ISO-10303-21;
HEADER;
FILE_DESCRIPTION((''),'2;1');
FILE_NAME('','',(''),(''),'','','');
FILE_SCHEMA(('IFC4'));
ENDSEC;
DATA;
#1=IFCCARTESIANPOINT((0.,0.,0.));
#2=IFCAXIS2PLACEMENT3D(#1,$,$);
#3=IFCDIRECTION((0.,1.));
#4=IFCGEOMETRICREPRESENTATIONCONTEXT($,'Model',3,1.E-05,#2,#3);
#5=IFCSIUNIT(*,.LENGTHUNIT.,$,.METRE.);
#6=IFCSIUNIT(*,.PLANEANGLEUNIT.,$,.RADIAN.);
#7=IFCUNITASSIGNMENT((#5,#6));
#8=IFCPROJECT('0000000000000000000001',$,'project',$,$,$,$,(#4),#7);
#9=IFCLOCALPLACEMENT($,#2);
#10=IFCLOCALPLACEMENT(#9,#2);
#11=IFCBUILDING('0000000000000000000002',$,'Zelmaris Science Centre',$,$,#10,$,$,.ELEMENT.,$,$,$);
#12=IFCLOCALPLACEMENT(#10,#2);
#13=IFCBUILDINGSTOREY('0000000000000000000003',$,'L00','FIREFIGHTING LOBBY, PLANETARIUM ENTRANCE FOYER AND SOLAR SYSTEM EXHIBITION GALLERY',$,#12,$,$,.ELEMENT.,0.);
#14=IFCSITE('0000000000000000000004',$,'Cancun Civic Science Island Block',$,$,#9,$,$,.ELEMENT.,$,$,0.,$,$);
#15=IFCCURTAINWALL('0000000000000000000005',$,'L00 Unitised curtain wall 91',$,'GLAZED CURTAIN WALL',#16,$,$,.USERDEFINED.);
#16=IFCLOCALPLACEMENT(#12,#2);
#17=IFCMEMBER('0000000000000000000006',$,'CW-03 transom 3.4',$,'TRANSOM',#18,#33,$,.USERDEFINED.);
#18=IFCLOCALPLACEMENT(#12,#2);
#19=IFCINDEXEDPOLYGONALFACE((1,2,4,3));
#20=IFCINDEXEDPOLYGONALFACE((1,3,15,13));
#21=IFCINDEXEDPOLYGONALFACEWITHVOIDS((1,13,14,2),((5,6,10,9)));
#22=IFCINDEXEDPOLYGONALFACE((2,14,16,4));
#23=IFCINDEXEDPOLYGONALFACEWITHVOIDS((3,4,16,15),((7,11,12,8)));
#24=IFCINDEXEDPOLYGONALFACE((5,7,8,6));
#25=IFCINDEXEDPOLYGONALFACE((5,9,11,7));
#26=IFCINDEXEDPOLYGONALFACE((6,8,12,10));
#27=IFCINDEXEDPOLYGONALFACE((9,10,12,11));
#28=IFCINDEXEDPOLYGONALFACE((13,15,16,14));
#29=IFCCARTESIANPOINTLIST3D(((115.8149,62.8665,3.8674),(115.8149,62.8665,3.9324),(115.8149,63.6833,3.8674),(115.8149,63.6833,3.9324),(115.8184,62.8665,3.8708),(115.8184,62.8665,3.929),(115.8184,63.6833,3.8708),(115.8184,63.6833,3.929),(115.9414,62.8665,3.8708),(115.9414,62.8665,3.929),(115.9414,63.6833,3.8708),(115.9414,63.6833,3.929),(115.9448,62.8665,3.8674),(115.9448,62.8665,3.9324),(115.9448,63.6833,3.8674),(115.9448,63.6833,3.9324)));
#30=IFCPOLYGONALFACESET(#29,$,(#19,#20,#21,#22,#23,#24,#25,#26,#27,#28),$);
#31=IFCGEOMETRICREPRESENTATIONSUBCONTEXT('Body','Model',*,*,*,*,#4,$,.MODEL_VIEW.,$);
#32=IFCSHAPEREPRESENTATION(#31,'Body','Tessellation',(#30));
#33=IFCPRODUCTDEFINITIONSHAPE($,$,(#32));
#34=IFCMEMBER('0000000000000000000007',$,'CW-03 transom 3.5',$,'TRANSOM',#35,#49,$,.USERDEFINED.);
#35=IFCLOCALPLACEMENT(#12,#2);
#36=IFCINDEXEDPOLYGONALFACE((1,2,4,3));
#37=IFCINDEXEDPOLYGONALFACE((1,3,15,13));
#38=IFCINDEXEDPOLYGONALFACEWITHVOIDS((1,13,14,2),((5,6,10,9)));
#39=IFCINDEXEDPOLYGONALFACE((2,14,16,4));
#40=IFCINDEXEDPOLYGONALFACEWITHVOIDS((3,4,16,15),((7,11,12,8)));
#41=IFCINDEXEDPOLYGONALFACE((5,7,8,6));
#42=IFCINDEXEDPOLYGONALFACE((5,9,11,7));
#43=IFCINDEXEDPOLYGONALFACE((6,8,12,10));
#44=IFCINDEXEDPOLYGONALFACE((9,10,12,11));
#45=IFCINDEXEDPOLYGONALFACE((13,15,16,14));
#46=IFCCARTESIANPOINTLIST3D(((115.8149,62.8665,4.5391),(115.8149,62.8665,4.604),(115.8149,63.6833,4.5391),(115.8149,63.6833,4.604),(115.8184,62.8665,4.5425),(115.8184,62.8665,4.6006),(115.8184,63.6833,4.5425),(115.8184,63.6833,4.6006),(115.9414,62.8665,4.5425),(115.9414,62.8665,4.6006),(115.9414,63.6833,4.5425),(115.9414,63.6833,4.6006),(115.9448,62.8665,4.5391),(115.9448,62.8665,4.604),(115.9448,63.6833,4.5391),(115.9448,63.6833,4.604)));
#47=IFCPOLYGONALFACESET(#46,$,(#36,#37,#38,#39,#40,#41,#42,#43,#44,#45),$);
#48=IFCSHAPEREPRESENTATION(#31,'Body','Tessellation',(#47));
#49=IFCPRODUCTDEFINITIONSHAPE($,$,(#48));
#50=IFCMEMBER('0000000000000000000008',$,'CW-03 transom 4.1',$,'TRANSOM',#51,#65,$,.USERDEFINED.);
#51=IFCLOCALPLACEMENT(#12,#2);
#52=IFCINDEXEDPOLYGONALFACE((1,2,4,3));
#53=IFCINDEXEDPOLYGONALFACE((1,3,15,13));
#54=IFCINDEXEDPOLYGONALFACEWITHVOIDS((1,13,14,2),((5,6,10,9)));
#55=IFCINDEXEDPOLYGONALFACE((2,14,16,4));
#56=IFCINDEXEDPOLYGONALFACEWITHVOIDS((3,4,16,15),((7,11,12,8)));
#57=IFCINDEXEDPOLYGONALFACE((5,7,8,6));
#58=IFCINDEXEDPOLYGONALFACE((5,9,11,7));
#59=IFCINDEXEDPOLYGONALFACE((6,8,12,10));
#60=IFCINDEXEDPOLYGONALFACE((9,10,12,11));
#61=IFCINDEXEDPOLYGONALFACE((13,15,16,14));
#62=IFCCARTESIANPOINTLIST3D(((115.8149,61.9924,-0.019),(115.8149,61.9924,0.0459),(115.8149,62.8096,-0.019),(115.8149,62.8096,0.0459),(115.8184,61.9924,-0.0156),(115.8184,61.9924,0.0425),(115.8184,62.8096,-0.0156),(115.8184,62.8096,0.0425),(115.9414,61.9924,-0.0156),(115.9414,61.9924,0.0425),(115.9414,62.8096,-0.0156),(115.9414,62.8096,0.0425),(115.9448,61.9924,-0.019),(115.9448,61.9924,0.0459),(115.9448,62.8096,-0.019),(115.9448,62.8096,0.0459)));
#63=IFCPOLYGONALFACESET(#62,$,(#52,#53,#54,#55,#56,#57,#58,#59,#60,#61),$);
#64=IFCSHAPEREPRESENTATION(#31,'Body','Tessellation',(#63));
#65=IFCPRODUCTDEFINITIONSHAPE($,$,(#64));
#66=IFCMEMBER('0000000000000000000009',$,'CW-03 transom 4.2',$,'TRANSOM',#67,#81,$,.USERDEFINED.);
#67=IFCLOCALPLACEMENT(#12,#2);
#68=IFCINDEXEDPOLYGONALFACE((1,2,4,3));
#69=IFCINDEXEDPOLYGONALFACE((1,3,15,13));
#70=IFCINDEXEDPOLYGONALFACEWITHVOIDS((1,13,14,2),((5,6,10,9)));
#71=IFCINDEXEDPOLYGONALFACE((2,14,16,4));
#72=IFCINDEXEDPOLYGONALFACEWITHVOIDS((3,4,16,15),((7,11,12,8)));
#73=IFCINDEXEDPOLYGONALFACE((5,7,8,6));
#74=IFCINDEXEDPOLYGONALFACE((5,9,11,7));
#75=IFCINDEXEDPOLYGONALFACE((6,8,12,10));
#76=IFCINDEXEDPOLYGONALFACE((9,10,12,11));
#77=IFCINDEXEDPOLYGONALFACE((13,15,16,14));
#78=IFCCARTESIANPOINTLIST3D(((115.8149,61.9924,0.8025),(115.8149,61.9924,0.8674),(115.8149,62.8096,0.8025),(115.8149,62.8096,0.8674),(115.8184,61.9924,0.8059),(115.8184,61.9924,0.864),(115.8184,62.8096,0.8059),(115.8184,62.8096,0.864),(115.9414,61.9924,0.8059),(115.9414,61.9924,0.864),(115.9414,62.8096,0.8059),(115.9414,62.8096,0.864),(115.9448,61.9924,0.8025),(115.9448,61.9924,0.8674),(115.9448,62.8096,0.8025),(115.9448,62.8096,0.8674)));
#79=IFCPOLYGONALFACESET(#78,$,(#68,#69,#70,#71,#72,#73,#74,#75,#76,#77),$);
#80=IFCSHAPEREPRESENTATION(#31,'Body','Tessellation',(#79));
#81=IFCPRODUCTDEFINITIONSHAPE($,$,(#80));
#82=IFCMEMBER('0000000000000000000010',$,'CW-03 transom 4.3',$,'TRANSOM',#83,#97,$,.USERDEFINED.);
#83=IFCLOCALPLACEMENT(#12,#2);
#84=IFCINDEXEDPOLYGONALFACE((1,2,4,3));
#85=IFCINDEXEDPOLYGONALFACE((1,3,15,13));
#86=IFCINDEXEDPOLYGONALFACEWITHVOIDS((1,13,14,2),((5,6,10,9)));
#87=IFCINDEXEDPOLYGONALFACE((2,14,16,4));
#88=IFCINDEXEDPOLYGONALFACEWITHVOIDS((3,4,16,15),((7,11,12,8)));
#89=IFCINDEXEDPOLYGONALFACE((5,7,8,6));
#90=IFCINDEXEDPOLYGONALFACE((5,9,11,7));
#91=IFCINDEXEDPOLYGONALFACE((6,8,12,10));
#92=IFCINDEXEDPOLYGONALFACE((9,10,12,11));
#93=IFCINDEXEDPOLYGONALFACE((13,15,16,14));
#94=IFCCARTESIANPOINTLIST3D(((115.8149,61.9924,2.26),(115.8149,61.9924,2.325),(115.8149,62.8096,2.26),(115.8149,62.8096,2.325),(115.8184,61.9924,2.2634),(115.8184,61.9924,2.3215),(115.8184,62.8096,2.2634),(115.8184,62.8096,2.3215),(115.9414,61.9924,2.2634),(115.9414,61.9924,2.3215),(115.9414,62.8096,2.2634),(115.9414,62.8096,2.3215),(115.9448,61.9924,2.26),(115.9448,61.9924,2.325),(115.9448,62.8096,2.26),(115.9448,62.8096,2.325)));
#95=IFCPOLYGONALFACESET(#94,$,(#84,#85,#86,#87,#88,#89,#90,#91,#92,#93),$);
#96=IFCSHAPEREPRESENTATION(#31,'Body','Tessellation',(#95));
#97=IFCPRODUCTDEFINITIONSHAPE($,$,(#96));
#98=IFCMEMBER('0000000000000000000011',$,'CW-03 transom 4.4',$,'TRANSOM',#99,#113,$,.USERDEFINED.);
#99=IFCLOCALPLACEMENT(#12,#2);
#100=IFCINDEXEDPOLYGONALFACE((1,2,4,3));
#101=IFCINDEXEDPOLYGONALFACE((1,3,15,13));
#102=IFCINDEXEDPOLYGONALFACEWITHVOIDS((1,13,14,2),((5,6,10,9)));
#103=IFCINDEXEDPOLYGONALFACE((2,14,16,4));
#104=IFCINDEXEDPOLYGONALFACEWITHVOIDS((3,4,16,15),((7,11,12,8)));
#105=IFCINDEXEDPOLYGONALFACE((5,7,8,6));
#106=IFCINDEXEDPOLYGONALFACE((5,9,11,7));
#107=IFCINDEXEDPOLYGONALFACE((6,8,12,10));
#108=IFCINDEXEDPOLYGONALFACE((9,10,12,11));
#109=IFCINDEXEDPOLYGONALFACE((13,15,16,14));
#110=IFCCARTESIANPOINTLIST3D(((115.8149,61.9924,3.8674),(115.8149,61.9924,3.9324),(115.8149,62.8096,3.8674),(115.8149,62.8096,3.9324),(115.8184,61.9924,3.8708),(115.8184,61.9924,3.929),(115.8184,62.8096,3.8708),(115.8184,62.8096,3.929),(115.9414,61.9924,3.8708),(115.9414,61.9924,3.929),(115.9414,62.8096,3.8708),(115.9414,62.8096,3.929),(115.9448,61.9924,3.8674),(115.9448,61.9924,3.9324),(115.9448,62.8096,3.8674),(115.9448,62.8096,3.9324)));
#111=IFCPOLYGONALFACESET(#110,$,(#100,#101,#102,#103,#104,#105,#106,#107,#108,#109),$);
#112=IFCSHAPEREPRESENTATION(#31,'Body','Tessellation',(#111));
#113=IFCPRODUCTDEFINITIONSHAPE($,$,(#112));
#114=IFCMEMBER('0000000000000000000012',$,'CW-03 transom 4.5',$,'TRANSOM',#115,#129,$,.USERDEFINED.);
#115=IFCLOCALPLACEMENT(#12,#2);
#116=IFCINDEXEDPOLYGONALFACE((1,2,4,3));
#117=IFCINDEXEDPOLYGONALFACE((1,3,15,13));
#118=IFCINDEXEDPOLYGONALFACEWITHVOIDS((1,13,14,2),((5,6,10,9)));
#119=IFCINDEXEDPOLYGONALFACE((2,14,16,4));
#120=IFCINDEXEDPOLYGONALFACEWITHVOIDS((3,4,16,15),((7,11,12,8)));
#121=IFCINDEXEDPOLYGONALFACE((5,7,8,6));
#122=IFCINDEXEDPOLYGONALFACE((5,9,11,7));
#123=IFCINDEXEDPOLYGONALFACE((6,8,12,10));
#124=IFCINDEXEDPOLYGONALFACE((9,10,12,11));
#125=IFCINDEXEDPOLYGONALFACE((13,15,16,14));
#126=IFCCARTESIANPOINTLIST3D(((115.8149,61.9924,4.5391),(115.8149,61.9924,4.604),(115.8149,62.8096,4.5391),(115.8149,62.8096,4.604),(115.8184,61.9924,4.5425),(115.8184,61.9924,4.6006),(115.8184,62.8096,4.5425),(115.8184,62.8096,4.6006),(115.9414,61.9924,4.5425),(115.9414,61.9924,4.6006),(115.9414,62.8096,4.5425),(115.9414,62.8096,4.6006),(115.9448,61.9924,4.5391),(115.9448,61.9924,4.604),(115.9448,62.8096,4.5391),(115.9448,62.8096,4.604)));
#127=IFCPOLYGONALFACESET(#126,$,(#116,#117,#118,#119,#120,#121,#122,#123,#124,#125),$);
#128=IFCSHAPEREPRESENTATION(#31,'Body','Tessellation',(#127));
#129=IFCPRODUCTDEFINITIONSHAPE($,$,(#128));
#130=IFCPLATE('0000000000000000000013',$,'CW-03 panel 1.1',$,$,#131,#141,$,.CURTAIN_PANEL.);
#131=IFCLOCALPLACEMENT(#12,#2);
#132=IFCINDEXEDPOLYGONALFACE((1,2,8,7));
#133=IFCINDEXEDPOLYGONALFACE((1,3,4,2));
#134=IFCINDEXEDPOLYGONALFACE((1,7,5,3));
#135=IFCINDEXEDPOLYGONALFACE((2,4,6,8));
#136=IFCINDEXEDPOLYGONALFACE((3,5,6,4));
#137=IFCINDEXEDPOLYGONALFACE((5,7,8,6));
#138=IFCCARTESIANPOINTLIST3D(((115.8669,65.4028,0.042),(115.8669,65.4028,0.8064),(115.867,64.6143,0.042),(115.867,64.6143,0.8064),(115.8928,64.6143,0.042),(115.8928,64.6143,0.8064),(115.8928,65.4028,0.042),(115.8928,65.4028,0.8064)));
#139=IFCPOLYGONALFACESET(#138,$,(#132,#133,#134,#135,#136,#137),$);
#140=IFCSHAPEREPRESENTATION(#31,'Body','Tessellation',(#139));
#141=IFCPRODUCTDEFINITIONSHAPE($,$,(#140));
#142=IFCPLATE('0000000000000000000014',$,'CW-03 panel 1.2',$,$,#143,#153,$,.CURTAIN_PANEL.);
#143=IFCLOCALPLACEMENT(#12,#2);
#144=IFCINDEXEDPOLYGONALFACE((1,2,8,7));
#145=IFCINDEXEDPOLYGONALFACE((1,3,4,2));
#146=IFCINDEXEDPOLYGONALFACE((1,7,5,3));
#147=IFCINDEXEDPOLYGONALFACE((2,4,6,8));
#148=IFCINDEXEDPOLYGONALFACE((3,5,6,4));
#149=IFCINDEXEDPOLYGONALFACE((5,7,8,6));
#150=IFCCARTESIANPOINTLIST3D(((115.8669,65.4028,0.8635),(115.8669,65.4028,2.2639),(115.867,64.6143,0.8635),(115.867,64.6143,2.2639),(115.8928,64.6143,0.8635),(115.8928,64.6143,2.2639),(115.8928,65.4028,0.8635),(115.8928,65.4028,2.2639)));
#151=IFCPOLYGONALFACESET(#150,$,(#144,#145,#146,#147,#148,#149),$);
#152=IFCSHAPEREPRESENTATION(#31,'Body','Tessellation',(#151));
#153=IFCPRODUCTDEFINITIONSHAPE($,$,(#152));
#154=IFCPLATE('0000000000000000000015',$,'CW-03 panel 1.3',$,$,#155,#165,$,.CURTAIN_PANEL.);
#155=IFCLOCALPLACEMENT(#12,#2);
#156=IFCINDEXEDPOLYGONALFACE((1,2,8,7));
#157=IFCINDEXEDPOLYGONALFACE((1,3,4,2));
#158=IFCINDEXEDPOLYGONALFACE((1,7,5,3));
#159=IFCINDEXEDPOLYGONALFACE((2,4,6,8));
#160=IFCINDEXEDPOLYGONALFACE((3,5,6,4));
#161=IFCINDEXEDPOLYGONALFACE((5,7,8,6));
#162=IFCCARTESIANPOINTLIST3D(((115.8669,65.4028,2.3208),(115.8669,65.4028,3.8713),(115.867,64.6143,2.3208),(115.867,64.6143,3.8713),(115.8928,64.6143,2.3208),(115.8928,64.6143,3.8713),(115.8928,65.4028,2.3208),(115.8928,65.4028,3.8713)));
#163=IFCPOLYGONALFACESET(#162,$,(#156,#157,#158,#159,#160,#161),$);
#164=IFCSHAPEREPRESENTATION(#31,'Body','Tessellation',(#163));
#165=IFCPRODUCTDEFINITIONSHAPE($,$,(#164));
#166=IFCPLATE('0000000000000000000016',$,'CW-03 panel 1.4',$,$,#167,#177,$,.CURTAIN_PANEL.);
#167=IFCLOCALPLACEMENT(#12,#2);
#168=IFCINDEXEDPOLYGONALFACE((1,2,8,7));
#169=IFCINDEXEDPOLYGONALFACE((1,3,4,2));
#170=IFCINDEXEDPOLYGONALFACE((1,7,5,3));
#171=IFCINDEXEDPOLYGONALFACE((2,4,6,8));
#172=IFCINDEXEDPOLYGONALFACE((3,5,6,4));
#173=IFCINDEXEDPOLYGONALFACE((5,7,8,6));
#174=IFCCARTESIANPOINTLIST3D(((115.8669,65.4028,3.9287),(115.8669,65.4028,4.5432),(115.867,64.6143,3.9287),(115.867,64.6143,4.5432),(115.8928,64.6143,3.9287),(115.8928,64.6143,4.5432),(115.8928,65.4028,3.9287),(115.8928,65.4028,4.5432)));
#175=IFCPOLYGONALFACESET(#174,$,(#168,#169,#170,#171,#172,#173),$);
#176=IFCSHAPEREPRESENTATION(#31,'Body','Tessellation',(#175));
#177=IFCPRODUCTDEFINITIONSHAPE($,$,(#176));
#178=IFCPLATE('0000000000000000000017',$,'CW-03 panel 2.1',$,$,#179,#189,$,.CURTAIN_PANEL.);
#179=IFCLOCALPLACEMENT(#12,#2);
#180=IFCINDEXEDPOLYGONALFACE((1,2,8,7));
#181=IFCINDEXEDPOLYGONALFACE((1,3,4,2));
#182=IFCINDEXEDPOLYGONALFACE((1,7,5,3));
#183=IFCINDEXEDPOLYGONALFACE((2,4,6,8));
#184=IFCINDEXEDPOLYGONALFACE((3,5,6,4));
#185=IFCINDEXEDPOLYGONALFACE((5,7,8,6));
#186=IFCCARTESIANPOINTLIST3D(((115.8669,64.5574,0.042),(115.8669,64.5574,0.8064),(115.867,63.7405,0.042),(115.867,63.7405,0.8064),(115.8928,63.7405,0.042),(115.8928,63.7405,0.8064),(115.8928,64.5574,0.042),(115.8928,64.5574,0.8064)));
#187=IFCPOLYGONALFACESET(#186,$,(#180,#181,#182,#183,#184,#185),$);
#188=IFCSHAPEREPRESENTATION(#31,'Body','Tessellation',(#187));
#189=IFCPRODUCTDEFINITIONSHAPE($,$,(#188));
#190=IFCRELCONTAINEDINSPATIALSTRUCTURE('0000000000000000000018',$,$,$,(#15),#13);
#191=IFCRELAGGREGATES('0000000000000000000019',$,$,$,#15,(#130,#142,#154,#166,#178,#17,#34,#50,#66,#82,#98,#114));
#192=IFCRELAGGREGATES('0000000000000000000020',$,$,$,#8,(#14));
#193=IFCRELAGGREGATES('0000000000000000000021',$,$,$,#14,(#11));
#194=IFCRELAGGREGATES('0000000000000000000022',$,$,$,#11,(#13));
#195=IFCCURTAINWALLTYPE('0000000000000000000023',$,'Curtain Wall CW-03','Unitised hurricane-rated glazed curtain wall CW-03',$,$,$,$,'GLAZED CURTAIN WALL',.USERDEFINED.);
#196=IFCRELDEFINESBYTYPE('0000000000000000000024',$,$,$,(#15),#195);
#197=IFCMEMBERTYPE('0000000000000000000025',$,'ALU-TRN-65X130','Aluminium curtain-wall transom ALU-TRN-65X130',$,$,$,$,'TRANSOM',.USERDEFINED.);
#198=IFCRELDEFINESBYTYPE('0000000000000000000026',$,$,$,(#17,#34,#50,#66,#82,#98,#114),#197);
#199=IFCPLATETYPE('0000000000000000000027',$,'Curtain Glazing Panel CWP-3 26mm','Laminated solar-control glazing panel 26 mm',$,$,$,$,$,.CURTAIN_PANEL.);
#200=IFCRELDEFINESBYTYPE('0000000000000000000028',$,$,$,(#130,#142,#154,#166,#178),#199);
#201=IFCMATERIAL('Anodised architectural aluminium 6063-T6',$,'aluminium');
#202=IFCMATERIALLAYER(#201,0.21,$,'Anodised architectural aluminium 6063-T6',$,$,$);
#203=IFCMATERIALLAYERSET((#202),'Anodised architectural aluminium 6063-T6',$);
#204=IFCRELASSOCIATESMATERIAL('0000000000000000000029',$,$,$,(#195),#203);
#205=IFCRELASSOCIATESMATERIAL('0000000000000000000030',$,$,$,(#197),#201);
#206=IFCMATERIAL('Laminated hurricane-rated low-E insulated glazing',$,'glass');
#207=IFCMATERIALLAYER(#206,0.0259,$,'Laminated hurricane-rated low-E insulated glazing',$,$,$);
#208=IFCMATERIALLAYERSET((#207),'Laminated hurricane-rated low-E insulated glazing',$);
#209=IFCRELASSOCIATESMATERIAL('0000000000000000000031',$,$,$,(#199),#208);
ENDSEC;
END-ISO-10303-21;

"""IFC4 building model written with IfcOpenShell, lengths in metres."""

from ifc_helpers import new_model, si_unit, direction, frame, origin, origin_2d, place, context, subcontext, project, spatial, rectangle, hollow_rectangle, extrude, material, layer, layer_set, material_profile, profile_set, type_object, element, aggregate, save


model = new_model("IFC4")

# Units and contexts
model_context = context("Model", 3, precision=1e-05, world=origin(), true_north=direction((0.0, 1.0)))
body_context = subcontext(model_context, "Body", "Model", "MODEL_VIEW")
ifc_project = project(units=[si_unit("LENGTHUNIT", "METRE"), si_unit("PLANEANGLEUNIT", "RADIAN")], contexts=[model_context])

# Site, building, storey
site_placement = place(None, origin())
site = spatial("IfcSite", under=ifc_project, at=site_placement, Name="Cancun Civic Science Island Block", CompositionType="ELEMENT", RefElevation=0.0)
building_placement = place(site_placement, origin())
building = spatial("IfcBuilding", under=site, at=building_placement, Name="Zelmaris Science Centre", CompositionType="ELEMENT")
storey_placement = place(building_placement, origin())
storey = spatial("IfcBuildingStorey", under=building, at=storey_placement, Name="L00", Description="FIREFIGHTING LOBBY, PLANETARIUM ENTRANCE FOYER AND SOLAR SYSTEM EXHIBITION GALLERY", CompositionType="ELEMENT", Elevation=0.0)

# Curtain wall, members, plates
ifc_material_1 = material(Name="Anodised architectural aluminium 6063-T6", Category="aluminium")
ifc_layer_1 = layer(ifc_material_1, 0.21, Name="Anodised architectural aluminium 6063-T6")
ifc_layer_set_1 = layer_set([ifc_layer_1], Name="Anodised architectural aluminium 6063-T6")
curtain_wall_type = type_object("IfcCurtainWallType", Name="Curtain Wall CW-03", Description="Unitised hurricane-rated glazed curtain wall CW-03", ElementType="GLAZED CURTAIN WALL", PredefinedType="USERDEFINED", material=ifc_layer_set_1)
curtain_wall_placement = place(storey_placement, origin())
curtain_wall = element("IfcCurtainWall", 1, at=curtain_wall_placement, inside=storey, type_object=curtain_wall_type, Name="L00 Unitised curtain wall 91", ObjectType="GLAZED CURTAIN WALL", PredefinedType="USERDEFINED")
ifc_material_profile_1 = material_profile(ifc_material_1, hollow_rectangle(XDim=0.0649, YDim=0.1299, WallThickness=0.0034, at=origin_2d()), Name="ALU-TRN-65X130")
ifc_profile_set_1 = profile_set([ifc_material_profile_1], Name="Anodised architectural aluminium 6063-T6")
member_type_1 = type_object("IfcMemberType", Name="ALU-TRN-65X130", Description="Aluminium curtain-wall transom ALU-TRN-65X130", ElementType="TRANSOM", PredefinedType="USERDEFINED", material=ifc_profile_set_1)
member_1_placement = place(storey_placement, frame((115.8799, 63.6833, 3.8999), z_axis=(0.0, -1.0, 0.0), x_axis=(0.0, 0.0, 1.0)))
member_1 = element("IfcMember", 2, at=member_1_placement, type_object=member_type_1, Name="CW-03 transom 3.4", ObjectType="TRANSOM", PredefinedType="USERDEFINED", context=body_context, shape_type="SweptSolid", body=[
    extrude(hollow_rectangle(XDim=0.0649, YDim=0.1299, WallThickness=0.0034, at=origin_2d()), origin(), (0.0, 0.0, 1.0), 0.8169),
])
member_2_placement = place(storey_placement, frame((115.8799, 63.6833, 4.5715), z_axis=(0.0, -1.0, 0.0), x_axis=(0.0, 0.0, 1.0)))
member_2 = element("IfcMember", 3, at=member_2_placement, type_object=member_type_1, Name="CW-03 transom 3.5", ObjectType="TRANSOM", PredefinedType="USERDEFINED", context=body_context, shape_type="SweptSolid", body=[
    extrude(hollow_rectangle(XDim=0.0649, YDim=0.1299, WallThickness=0.0034, at=origin_2d()), origin(), (0.0, 0.0, 1.0), 0.8169),
])
member_3_placement = place(storey_placement, frame((115.8799, 62.8096, 0.0134), z_axis=(0.0, -1.0, 0.0), x_axis=(0.0, 0.0, 1.0)))
member_3 = element("IfcMember", 4, at=member_3_placement, type_object=member_type_1, Name="CW-03 transom 4.1", ObjectType="TRANSOM", PredefinedType="USERDEFINED", context=body_context, shape_type="SweptSolid", body=[
    extrude(hollow_rectangle(XDim=0.0649, YDim=0.1299, WallThickness=0.0034, at=origin_2d()), origin(), (0.0, 0.0, 1.0), 0.8171),
])
member_4_placement = place(storey_placement, frame((115.8799, 62.8096, 0.835), z_axis=(0.0, -1.0, 0.0), x_axis=(0.0, 0.0, 1.0)))
member_4 = element("IfcMember", 5, at=member_4_placement, type_object=member_type_1, Name="CW-03 transom 4.2", ObjectType="TRANSOM", PredefinedType="USERDEFINED", context=body_context, shape_type="SweptSolid", body=[
    extrude(hollow_rectangle(XDim=0.0649, YDim=0.1299, WallThickness=0.0034, at=origin_2d()), origin(), (0.0, 0.0, 1.0), 0.8171),
])
member_5_placement = place(storey_placement, frame((115.8799, 62.8096, 2.2925), z_axis=(0.0, -1.0, 0.0), x_axis=(0.0, 0.0, 1.0)))
member_5 = element("IfcMember", 6, at=member_5_placement, type_object=member_type_1, Name="CW-03 transom 4.3", ObjectType="TRANSOM", PredefinedType="USERDEFINED", context=body_context, shape_type="SweptSolid", body=[
    extrude(hollow_rectangle(XDim=0.0649, YDim=0.1299, WallThickness=0.0034, at=origin_2d()), origin(), (0.0, 0.0, 1.0), 0.8171),
])
member_6_placement = place(storey_placement, frame((115.8799, 62.8096, 3.8999), z_axis=(0.0, -1.0, 0.0), x_axis=(0.0, 0.0, 1.0)))
member_6 = element("IfcMember", 7, at=member_6_placement, type_object=member_type_1, Name="CW-03 transom 4.4", ObjectType="TRANSOM", PredefinedType="USERDEFINED", context=body_context, shape_type="SweptSolid", body=[
    extrude(hollow_rectangle(XDim=0.0649, YDim=0.1299, WallThickness=0.0034, at=origin_2d()), origin(), (0.0, 0.0, 1.0), 0.8171),
])
member_7_placement = place(storey_placement, frame((115.8799, 62.8096, 4.5715), z_axis=(0.0, -1.0, 0.0), x_axis=(0.0, 0.0, 1.0)))
member_7 = element("IfcMember", 8, at=member_7_placement, type_object=member_type_1, Name="CW-03 transom 4.5", ObjectType="TRANSOM", PredefinedType="USERDEFINED", context=body_context, shape_type="SweptSolid", body=[
    extrude(hollow_rectangle(XDim=0.0649, YDim=0.1299, WallThickness=0.0034, at=origin_2d()), origin(), (0.0, 0.0, 1.0), 0.8171),
])
ifc_material_2 = material(Name="Laminated hurricane-rated low-E insulated glazing", Category="glass")
ifc_layer_2 = layer(ifc_material_2, 0.0259, Name="Laminated hurricane-rated low-E insulated glazing")
ifc_layer_set_2 = layer_set([ifc_layer_2], Name="Laminated hurricane-rated low-E insulated glazing")
plate_type = type_object("IfcPlateType", Name="Curtain Glazing Panel CWP-3 26mm", Description="Laminated solar-control glazing panel 26 mm", PredefinedType="CURTAIN_PANEL", material=ifc_layer_set_2)
plate_1_placement = place(storey_placement, frame((115.8799, 65.0085, 0.042), z_axis=(0.0, 0.0, 1.0), x_axis=(0.000023, -1.0, 0.0)))
plate_1 = element("IfcPlate", 9, at=plate_1_placement, type_object=plate_type, Name="CW-03 panel 1.1", PredefinedType="CURTAIN_PANEL", context=body_context, shape_type="SweptSolid", body=[
    extrude(rectangle(XDim=0.7886, YDim=0.0259, at=origin_2d()), origin(), (0.0, 0.0, 1.0), 0.7644),
])
plate_2_placement = place(storey_placement, frame((115.8799, 65.0085, 0.8635), z_axis=(0.0, 0.0, 1.0), x_axis=(0.000023, -1.0, 0.0)))
plate_2 = element("IfcPlate", 10, at=plate_2_placement, type_object=plate_type, Name="CW-03 panel 1.2", PredefinedType="CURTAIN_PANEL", context=body_context, shape_type="SweptSolid", body=[
    extrude(rectangle(XDim=0.7886, YDim=0.0259, at=origin_2d()), origin(), (0.0, 0.0, 1.0), 1.4004),
])
plate_3_placement = place(storey_placement, frame((115.8799, 65.0085, 2.3208), z_axis=(0.0, 0.0, 1.0), x_axis=(0.000023, -1.0, 0.0)))
plate_3 = element("IfcPlate", 11, at=plate_3_placement, type_object=plate_type, Name="CW-03 panel 1.3", PredefinedType="CURTAIN_PANEL", context=body_context, shape_type="SweptSolid", body=[
    extrude(rectangle(XDim=0.7886, YDim=0.0259, at=origin_2d()), origin(), (0.0, 0.0, 1.0), 1.5505),
])
plate_4_placement = place(storey_placement, frame((115.8799, 65.0085, 3.9287), z_axis=(0.0, 0.0, 1.0), x_axis=(0.000023, -1.0, 0.0)))
plate_4 = element("IfcPlate", 12, at=plate_4_placement, type_object=plate_type, Name="CW-03 panel 1.4", PredefinedType="CURTAIN_PANEL", context=body_context, shape_type="SweptSolid", body=[
    extrude(rectangle(XDim=0.7886, YDim=0.0259, at=origin_2d()), origin(), (0.0, 0.0, 1.0), 0.6145),
])
plate_5_placement = place(storey_placement, frame((115.8799, 64.1489, 0.042), z_axis=(0.0, 0.0, 1.0), x_axis=(0.000023, -1.0, 0.0)))
plate_5 = element("IfcPlate", 13, at=plate_5_placement, type_object=plate_type, Name="CW-03 panel 2.1", PredefinedType="CURTAIN_PANEL", context=body_context, shape_type="SweptSolid", body=[
    extrude(rectangle(XDim=0.8169, YDim=0.0259, at=origin_2d()), origin(), (0.0, 0.0, 1.0), 0.7644),
])
aggregate(curtain_wall, [plate_1, plate_2, plate_3, plate_4, plate_5, member_1, member_2, member_3, member_4, member_5, member_6, member_7])

save(model, "model.ifc")
